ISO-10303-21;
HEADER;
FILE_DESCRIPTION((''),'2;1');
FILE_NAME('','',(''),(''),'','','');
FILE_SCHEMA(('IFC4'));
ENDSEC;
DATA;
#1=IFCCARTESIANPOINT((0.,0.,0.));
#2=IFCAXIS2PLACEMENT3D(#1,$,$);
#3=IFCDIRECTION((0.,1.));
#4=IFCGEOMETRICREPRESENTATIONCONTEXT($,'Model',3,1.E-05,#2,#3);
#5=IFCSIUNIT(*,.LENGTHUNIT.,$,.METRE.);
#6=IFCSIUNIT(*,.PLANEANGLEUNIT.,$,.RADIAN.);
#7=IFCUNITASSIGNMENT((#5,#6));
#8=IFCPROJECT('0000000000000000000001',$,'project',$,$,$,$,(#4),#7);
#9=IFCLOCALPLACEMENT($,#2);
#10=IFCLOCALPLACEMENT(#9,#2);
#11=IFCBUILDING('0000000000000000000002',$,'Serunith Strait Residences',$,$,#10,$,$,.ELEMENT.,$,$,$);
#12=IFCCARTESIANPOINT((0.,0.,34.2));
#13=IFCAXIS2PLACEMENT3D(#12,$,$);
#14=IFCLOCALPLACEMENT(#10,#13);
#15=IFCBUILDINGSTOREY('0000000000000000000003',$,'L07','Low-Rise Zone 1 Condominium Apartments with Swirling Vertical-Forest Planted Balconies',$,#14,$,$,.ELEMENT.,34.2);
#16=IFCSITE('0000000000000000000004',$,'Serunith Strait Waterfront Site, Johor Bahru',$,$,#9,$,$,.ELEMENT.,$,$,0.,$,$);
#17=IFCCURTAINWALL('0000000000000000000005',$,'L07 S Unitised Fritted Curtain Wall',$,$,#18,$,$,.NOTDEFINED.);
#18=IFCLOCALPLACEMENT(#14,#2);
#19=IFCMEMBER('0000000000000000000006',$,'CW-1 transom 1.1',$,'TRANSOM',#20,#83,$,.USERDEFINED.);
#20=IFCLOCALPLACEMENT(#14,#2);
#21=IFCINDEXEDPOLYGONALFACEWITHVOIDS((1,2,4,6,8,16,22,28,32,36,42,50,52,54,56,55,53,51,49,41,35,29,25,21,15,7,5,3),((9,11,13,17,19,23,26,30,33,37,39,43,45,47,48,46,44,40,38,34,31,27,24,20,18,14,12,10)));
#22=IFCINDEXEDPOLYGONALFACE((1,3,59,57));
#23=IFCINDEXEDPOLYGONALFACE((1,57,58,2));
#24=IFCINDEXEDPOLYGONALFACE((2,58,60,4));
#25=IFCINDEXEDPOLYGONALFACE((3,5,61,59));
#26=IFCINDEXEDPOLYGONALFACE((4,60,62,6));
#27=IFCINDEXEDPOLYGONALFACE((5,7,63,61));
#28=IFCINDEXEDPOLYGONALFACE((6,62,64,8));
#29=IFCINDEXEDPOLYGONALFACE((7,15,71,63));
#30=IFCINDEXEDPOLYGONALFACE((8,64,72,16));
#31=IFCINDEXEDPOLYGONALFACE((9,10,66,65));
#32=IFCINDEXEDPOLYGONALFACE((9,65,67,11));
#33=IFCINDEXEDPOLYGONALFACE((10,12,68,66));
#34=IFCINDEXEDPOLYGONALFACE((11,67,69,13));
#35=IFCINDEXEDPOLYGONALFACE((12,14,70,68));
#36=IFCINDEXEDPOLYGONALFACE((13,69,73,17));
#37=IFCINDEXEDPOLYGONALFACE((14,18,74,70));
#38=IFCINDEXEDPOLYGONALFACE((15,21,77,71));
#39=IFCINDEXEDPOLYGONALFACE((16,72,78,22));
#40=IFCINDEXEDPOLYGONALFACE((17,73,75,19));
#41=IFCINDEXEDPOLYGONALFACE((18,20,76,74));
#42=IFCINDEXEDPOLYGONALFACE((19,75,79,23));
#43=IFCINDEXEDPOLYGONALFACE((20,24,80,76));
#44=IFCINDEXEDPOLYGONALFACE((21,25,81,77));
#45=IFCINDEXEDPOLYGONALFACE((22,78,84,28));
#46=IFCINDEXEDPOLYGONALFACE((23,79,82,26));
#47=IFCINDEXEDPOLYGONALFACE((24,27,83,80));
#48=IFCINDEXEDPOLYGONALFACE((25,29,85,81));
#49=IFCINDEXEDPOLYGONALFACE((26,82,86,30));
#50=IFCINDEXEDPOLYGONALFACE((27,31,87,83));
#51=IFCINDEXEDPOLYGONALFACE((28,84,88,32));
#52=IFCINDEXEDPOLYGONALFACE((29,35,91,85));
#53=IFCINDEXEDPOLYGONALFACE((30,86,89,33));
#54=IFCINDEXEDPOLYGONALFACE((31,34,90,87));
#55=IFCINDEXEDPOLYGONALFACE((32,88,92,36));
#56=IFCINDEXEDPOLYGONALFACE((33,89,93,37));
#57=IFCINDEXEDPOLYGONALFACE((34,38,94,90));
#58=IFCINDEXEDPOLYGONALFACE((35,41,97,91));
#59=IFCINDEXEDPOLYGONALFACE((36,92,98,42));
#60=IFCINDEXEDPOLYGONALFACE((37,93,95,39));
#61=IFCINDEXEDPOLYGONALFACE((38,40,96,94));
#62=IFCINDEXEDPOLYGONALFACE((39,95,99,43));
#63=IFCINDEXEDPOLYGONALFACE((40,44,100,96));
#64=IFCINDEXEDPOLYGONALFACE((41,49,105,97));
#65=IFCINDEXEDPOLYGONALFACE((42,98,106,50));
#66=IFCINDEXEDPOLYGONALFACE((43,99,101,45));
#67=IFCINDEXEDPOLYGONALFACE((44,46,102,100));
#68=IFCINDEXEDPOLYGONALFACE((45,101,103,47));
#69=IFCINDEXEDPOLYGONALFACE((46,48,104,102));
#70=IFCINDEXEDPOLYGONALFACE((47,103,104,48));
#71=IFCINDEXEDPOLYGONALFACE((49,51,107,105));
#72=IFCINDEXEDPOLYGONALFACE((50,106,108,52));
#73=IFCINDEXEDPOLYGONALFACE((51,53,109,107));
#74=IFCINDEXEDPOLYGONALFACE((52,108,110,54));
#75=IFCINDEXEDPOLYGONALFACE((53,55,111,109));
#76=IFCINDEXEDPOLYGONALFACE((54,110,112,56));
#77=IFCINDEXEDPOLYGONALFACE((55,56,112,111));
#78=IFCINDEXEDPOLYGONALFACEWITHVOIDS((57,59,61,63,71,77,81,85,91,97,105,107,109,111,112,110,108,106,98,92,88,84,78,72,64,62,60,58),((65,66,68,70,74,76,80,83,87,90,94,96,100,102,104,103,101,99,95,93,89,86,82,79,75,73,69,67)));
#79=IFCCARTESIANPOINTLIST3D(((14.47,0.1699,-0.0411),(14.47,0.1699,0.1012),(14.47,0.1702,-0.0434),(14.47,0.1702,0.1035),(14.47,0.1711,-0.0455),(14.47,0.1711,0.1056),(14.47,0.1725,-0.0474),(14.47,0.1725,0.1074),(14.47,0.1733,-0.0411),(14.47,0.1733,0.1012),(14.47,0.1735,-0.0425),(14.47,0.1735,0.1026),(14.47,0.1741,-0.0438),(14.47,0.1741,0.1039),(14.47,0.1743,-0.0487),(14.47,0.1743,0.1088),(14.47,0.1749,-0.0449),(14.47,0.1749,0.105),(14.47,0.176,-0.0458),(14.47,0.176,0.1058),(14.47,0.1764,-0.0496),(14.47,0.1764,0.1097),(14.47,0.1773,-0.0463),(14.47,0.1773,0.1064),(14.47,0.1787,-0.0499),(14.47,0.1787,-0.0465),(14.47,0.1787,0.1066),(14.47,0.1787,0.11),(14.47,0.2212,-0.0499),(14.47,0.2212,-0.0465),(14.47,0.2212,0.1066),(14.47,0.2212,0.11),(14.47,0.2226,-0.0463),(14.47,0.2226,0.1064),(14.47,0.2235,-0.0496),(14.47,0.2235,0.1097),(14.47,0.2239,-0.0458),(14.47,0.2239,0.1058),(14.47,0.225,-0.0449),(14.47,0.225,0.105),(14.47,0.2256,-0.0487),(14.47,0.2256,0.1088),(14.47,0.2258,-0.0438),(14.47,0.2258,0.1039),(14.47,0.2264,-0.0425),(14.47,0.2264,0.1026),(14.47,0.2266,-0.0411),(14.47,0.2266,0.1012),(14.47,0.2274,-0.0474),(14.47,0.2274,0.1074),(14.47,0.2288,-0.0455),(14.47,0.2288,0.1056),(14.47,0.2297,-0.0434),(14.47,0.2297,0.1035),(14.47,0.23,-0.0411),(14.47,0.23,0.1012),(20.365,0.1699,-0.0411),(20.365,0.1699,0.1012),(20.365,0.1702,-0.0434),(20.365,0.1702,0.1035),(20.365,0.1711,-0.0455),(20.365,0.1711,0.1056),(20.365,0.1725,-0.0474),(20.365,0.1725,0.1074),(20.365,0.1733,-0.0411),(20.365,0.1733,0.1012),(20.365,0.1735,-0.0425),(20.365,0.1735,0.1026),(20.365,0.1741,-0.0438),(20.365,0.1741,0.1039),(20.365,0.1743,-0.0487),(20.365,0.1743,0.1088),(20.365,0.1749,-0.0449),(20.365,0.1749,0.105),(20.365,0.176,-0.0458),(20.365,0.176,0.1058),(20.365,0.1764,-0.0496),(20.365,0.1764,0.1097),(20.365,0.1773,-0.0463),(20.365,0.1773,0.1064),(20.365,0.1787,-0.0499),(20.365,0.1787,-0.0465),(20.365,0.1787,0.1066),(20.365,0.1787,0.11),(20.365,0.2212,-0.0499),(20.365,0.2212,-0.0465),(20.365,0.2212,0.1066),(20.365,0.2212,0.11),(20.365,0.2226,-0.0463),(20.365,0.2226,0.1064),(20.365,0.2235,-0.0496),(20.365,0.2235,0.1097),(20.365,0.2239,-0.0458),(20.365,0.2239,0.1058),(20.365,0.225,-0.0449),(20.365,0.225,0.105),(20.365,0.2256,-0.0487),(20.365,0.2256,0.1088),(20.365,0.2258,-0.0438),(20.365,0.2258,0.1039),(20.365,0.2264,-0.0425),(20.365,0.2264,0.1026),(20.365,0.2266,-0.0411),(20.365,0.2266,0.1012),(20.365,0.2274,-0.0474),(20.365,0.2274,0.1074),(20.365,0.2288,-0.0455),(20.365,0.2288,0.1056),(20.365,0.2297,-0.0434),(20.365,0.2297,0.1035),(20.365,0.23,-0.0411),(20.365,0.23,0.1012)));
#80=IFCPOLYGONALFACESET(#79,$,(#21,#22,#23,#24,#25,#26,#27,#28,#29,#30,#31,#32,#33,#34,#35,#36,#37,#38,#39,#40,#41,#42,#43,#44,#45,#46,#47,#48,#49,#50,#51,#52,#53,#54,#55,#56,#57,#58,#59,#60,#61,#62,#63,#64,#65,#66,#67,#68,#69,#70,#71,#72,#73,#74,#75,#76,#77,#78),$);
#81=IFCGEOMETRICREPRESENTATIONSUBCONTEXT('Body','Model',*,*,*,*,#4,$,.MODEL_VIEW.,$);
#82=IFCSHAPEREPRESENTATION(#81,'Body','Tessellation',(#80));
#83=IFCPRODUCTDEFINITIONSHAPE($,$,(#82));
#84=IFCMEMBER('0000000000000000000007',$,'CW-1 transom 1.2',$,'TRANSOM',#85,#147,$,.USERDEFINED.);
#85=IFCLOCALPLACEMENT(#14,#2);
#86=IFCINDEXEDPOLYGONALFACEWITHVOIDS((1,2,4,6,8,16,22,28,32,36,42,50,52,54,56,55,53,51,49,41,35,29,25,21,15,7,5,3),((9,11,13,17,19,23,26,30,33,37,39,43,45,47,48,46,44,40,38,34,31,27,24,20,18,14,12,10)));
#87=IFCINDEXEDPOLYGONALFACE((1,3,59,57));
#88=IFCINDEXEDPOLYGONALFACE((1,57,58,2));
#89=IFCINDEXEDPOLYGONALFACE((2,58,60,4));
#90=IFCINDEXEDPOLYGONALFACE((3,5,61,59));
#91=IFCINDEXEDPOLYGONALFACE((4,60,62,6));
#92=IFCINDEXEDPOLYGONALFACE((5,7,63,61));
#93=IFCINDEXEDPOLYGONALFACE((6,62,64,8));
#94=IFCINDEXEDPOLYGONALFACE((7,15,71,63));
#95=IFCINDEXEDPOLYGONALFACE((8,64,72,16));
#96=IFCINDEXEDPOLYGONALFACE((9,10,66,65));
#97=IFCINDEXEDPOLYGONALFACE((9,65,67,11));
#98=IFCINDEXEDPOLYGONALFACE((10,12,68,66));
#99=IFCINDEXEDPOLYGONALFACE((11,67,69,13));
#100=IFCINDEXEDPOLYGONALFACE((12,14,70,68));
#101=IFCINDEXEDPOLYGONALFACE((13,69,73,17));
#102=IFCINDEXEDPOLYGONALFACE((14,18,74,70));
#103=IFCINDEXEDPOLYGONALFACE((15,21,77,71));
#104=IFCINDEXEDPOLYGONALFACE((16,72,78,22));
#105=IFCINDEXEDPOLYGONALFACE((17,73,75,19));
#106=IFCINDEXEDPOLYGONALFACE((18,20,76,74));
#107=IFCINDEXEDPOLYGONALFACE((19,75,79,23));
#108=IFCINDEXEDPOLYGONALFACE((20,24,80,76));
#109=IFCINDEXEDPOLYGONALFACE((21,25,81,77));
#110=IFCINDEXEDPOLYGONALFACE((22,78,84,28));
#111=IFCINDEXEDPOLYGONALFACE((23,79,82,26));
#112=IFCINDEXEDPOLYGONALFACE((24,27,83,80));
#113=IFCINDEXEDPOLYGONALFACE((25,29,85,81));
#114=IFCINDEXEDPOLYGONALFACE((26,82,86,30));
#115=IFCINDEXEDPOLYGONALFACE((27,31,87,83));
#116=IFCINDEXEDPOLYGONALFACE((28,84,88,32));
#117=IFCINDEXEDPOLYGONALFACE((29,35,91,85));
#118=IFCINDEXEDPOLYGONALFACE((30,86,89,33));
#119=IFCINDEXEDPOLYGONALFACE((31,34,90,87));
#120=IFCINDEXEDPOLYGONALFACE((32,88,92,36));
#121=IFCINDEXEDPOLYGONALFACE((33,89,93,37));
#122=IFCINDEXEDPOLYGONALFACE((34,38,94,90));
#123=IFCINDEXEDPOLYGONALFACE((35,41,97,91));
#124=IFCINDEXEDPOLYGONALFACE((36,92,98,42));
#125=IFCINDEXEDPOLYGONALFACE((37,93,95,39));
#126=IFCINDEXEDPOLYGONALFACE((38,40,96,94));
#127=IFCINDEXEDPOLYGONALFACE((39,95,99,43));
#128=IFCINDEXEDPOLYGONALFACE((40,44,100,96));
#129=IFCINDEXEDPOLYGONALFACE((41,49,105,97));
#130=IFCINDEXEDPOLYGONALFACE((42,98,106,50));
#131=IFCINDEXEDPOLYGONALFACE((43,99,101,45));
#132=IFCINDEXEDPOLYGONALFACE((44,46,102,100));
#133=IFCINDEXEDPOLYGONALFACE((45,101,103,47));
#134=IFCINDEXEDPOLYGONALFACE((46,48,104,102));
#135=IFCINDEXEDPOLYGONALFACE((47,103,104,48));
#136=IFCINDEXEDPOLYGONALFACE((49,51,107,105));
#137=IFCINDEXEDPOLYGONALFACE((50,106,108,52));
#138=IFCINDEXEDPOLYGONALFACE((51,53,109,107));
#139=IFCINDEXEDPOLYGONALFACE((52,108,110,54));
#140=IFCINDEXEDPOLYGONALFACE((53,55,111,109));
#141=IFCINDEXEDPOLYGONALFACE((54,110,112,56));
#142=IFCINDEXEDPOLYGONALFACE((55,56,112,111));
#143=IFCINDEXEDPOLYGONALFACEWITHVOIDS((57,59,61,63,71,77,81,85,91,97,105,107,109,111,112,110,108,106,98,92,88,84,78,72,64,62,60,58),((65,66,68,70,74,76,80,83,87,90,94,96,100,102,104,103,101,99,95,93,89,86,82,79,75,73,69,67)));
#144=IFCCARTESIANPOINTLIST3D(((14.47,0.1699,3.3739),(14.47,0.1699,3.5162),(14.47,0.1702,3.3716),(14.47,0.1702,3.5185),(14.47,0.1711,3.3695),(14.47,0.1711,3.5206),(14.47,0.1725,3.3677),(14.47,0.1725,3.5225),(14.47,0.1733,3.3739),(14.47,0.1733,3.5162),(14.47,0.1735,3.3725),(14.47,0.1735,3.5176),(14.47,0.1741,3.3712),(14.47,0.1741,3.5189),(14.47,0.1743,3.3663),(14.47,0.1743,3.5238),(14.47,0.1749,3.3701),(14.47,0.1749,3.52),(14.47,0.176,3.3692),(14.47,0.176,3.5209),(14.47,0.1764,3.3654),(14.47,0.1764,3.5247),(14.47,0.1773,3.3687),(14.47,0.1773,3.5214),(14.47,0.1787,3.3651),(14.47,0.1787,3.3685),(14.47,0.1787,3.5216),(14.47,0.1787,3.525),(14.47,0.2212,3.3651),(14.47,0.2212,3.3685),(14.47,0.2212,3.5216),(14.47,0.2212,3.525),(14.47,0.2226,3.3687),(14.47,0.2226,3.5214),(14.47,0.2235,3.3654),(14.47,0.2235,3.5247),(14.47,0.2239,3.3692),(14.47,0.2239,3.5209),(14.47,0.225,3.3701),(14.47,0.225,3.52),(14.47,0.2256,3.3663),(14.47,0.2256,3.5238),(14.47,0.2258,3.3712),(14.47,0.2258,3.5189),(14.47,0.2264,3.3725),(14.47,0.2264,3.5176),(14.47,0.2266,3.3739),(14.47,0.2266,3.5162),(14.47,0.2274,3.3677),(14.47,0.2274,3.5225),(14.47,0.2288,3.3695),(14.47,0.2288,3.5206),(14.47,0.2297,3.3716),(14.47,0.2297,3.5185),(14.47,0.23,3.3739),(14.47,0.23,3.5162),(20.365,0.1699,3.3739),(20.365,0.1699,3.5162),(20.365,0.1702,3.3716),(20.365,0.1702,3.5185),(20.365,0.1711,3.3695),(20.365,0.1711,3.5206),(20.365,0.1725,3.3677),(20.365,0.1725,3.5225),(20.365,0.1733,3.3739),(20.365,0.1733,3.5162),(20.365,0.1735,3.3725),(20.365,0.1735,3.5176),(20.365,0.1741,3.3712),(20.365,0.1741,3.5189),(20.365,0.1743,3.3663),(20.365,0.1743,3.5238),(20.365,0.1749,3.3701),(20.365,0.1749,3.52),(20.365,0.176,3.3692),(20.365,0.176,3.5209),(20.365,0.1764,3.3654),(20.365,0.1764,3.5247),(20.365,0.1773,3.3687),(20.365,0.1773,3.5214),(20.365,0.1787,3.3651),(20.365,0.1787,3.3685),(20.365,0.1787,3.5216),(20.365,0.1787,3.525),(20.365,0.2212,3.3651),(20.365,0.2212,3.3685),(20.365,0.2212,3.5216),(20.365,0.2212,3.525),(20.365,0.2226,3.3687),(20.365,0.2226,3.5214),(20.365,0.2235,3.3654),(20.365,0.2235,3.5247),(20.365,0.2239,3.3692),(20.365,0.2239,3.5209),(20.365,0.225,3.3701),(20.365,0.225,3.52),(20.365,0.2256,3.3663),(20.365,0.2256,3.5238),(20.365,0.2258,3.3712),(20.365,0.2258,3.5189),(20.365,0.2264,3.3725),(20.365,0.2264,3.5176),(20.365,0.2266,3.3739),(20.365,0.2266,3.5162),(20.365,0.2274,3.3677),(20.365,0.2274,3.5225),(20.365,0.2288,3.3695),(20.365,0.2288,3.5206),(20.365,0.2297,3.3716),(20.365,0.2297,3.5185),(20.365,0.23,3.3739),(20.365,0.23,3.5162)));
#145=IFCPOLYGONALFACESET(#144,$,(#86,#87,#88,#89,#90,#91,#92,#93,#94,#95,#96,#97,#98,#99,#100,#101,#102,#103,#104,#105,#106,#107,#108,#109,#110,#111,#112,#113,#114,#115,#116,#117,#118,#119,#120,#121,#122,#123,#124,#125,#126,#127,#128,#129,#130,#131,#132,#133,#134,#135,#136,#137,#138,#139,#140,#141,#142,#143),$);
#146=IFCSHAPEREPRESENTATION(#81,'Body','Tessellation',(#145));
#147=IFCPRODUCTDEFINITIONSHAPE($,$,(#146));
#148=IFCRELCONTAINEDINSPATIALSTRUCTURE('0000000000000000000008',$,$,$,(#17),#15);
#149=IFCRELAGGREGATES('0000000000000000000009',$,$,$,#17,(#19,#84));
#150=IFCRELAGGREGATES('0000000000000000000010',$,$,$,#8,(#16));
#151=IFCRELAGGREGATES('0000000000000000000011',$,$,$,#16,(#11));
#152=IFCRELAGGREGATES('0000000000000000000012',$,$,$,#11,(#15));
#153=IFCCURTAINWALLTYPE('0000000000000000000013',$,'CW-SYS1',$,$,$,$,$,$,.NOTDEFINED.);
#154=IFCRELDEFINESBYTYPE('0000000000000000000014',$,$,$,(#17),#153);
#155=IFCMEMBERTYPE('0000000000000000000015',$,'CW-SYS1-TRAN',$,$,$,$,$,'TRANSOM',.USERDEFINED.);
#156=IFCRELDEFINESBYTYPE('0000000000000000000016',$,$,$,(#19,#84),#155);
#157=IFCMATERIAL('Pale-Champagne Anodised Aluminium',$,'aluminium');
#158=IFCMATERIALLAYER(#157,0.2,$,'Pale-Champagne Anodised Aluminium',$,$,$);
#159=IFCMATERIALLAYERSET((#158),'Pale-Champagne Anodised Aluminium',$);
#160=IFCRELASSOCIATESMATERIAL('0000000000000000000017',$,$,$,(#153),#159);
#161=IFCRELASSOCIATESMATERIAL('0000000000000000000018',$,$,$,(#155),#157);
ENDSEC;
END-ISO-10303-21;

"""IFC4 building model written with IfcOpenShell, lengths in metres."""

from ifc_helpers import new_model, si_unit, direction, frame, origin, origin_2d, place, context, subcontext, project, spatial, hollow_rectangle, extrude, source, transform, mapped, material, layer, layer_set, material_profile, profile_set, type_object, element, aggregate, save


model = new_model("IFC4")

# Units and contexts
model_context = context("Model", 3, precision=1e-05, world=origin(), true_north=direction((0.0, 1.0)))
body_context = subcontext(model_context, "Body", "Model", "MODEL_VIEW")
ifc_project = project(units=[si_unit("LENGTHUNIT", "METRE"), si_unit("PLANEANGLEUNIT", "RADIAN")], contexts=[model_context])

# Site, building, storey
site_placement = place(None, origin())
site = spatial("IfcSite", under=ifc_project, at=site_placement, Name="Serunith Strait Waterfront Site, Johor Bahru", CompositionType="ELEMENT", RefElevation=0.0)
building_placement = place(site_placement, origin())
building = spatial("IfcBuilding", under=site, at=building_placement, Name="Serunith Strait Residences", CompositionType="ELEMENT")
storey_placement = place(building_placement, frame((0.0, 0.0, 34.2)))
storey = spatial("IfcBuildingStorey", under=building, at=storey_placement, Name="L07", Description="Low-Rise Zone 1 Condominium Apartments with Swirling Vertical-Forest Planted Balconies", CompositionType="ELEMENT", Elevation=34.2)

# Curtain wall
ifc_material_1 = material(Name="Pale-Champagne Anodised Aluminium", Category="aluminium")
ifc_layer_1 = layer(ifc_material_1, 0.2, Name="Pale-Champagne Anodised Aluminium")
ifc_layer_set_1 = layer_set([ifc_layer_1], Name="Pale-Champagne Anodised Aluminium")
curtain_wall_type = type_object("IfcCurtainWallType", Name="CW-SYS1", PredefinedType="NOTDEFINED", material=ifc_layer_set_1)
curtain_wall_1_placement = place(storey_placement, origin())
curtain_wall_1 = element("IfcCurtainWall", 1, at=curtain_wall_1_placement, inside=storey, type_object=curtain_wall_type, Name="L07 S Unitised Fritted Curtain Wall", PredefinedType="NOTDEFINED")

# Members
ifc_material_profile_1 = material_profile(ifc_material_1, hollow_rectangle(XDim=0.0601, YDim=0.1599, WallThickness=0.0034, InnerFilletRadius=0.0054, OuterFilletRadius=0.0088, at=origin_2d()), Name="ALU 160x60x3.5")
ifc_profile_set_1 = profile_set([ifc_material_profile_1], Name="Pale-Champagne Anodised Aluminium")
member_type_1 = type_object("IfcMemberType", Name="CW-SYS1-TRAN", ElementType="TRANSOM", PredefinedType="USERDEFINED", material=ifc_profile_set_1)
shared_shape_1 = source(origin(), body_context, "Body", "SweptSolid", [
    extrude(hollow_rectangle(XDim=0.0601, YDim=0.1599, WallThickness=0.0034, InnerFilletRadius=0.0054, OuterFilletRadius=0.0088, at=origin_2d()), origin(), (0.0, 0.0, 1.0), 5.895),
])
member_1_placement = place(storey_placement, frame((14.47, 0.2, 0.03), z_axis=(1.0, 0.0, 0.0), x_axis=(0.0, 1.0, 0.0)))
member_1 = element("IfcMember", 2, at=member_1_placement, type_object=member_type_1, Name="CW-1 transom 1.1", ObjectType="TRANSOM", PredefinedType="USERDEFINED", context=body_context, shape_type="MappedRepresentation", body=[
    mapped(shared_shape_1, transform((0.0, 0.0, 0.0), scale=1.0)),
])
member_2_placement = place(storey_placement, frame((14.47, 0.2, 3.4451), z_axis=(1.0, 0.0, 0.0), x_axis=(0.0, 1.0, 0.0)))
member_2 = element("IfcMember", 3, at=member_2_placement, type_object=member_type_1, Name="CW-1 transom 1.2", ObjectType="TRANSOM", PredefinedType="USERDEFINED", context=body_context, shape_type="MappedRepresentation", body=[
    mapped(shared_shape_1, transform((0.0, 0.0, 0.0), scale=1.0)),
])
aggregate(curtain_wall_1, [member_1, member_2])

save(model, "model.ifc")
